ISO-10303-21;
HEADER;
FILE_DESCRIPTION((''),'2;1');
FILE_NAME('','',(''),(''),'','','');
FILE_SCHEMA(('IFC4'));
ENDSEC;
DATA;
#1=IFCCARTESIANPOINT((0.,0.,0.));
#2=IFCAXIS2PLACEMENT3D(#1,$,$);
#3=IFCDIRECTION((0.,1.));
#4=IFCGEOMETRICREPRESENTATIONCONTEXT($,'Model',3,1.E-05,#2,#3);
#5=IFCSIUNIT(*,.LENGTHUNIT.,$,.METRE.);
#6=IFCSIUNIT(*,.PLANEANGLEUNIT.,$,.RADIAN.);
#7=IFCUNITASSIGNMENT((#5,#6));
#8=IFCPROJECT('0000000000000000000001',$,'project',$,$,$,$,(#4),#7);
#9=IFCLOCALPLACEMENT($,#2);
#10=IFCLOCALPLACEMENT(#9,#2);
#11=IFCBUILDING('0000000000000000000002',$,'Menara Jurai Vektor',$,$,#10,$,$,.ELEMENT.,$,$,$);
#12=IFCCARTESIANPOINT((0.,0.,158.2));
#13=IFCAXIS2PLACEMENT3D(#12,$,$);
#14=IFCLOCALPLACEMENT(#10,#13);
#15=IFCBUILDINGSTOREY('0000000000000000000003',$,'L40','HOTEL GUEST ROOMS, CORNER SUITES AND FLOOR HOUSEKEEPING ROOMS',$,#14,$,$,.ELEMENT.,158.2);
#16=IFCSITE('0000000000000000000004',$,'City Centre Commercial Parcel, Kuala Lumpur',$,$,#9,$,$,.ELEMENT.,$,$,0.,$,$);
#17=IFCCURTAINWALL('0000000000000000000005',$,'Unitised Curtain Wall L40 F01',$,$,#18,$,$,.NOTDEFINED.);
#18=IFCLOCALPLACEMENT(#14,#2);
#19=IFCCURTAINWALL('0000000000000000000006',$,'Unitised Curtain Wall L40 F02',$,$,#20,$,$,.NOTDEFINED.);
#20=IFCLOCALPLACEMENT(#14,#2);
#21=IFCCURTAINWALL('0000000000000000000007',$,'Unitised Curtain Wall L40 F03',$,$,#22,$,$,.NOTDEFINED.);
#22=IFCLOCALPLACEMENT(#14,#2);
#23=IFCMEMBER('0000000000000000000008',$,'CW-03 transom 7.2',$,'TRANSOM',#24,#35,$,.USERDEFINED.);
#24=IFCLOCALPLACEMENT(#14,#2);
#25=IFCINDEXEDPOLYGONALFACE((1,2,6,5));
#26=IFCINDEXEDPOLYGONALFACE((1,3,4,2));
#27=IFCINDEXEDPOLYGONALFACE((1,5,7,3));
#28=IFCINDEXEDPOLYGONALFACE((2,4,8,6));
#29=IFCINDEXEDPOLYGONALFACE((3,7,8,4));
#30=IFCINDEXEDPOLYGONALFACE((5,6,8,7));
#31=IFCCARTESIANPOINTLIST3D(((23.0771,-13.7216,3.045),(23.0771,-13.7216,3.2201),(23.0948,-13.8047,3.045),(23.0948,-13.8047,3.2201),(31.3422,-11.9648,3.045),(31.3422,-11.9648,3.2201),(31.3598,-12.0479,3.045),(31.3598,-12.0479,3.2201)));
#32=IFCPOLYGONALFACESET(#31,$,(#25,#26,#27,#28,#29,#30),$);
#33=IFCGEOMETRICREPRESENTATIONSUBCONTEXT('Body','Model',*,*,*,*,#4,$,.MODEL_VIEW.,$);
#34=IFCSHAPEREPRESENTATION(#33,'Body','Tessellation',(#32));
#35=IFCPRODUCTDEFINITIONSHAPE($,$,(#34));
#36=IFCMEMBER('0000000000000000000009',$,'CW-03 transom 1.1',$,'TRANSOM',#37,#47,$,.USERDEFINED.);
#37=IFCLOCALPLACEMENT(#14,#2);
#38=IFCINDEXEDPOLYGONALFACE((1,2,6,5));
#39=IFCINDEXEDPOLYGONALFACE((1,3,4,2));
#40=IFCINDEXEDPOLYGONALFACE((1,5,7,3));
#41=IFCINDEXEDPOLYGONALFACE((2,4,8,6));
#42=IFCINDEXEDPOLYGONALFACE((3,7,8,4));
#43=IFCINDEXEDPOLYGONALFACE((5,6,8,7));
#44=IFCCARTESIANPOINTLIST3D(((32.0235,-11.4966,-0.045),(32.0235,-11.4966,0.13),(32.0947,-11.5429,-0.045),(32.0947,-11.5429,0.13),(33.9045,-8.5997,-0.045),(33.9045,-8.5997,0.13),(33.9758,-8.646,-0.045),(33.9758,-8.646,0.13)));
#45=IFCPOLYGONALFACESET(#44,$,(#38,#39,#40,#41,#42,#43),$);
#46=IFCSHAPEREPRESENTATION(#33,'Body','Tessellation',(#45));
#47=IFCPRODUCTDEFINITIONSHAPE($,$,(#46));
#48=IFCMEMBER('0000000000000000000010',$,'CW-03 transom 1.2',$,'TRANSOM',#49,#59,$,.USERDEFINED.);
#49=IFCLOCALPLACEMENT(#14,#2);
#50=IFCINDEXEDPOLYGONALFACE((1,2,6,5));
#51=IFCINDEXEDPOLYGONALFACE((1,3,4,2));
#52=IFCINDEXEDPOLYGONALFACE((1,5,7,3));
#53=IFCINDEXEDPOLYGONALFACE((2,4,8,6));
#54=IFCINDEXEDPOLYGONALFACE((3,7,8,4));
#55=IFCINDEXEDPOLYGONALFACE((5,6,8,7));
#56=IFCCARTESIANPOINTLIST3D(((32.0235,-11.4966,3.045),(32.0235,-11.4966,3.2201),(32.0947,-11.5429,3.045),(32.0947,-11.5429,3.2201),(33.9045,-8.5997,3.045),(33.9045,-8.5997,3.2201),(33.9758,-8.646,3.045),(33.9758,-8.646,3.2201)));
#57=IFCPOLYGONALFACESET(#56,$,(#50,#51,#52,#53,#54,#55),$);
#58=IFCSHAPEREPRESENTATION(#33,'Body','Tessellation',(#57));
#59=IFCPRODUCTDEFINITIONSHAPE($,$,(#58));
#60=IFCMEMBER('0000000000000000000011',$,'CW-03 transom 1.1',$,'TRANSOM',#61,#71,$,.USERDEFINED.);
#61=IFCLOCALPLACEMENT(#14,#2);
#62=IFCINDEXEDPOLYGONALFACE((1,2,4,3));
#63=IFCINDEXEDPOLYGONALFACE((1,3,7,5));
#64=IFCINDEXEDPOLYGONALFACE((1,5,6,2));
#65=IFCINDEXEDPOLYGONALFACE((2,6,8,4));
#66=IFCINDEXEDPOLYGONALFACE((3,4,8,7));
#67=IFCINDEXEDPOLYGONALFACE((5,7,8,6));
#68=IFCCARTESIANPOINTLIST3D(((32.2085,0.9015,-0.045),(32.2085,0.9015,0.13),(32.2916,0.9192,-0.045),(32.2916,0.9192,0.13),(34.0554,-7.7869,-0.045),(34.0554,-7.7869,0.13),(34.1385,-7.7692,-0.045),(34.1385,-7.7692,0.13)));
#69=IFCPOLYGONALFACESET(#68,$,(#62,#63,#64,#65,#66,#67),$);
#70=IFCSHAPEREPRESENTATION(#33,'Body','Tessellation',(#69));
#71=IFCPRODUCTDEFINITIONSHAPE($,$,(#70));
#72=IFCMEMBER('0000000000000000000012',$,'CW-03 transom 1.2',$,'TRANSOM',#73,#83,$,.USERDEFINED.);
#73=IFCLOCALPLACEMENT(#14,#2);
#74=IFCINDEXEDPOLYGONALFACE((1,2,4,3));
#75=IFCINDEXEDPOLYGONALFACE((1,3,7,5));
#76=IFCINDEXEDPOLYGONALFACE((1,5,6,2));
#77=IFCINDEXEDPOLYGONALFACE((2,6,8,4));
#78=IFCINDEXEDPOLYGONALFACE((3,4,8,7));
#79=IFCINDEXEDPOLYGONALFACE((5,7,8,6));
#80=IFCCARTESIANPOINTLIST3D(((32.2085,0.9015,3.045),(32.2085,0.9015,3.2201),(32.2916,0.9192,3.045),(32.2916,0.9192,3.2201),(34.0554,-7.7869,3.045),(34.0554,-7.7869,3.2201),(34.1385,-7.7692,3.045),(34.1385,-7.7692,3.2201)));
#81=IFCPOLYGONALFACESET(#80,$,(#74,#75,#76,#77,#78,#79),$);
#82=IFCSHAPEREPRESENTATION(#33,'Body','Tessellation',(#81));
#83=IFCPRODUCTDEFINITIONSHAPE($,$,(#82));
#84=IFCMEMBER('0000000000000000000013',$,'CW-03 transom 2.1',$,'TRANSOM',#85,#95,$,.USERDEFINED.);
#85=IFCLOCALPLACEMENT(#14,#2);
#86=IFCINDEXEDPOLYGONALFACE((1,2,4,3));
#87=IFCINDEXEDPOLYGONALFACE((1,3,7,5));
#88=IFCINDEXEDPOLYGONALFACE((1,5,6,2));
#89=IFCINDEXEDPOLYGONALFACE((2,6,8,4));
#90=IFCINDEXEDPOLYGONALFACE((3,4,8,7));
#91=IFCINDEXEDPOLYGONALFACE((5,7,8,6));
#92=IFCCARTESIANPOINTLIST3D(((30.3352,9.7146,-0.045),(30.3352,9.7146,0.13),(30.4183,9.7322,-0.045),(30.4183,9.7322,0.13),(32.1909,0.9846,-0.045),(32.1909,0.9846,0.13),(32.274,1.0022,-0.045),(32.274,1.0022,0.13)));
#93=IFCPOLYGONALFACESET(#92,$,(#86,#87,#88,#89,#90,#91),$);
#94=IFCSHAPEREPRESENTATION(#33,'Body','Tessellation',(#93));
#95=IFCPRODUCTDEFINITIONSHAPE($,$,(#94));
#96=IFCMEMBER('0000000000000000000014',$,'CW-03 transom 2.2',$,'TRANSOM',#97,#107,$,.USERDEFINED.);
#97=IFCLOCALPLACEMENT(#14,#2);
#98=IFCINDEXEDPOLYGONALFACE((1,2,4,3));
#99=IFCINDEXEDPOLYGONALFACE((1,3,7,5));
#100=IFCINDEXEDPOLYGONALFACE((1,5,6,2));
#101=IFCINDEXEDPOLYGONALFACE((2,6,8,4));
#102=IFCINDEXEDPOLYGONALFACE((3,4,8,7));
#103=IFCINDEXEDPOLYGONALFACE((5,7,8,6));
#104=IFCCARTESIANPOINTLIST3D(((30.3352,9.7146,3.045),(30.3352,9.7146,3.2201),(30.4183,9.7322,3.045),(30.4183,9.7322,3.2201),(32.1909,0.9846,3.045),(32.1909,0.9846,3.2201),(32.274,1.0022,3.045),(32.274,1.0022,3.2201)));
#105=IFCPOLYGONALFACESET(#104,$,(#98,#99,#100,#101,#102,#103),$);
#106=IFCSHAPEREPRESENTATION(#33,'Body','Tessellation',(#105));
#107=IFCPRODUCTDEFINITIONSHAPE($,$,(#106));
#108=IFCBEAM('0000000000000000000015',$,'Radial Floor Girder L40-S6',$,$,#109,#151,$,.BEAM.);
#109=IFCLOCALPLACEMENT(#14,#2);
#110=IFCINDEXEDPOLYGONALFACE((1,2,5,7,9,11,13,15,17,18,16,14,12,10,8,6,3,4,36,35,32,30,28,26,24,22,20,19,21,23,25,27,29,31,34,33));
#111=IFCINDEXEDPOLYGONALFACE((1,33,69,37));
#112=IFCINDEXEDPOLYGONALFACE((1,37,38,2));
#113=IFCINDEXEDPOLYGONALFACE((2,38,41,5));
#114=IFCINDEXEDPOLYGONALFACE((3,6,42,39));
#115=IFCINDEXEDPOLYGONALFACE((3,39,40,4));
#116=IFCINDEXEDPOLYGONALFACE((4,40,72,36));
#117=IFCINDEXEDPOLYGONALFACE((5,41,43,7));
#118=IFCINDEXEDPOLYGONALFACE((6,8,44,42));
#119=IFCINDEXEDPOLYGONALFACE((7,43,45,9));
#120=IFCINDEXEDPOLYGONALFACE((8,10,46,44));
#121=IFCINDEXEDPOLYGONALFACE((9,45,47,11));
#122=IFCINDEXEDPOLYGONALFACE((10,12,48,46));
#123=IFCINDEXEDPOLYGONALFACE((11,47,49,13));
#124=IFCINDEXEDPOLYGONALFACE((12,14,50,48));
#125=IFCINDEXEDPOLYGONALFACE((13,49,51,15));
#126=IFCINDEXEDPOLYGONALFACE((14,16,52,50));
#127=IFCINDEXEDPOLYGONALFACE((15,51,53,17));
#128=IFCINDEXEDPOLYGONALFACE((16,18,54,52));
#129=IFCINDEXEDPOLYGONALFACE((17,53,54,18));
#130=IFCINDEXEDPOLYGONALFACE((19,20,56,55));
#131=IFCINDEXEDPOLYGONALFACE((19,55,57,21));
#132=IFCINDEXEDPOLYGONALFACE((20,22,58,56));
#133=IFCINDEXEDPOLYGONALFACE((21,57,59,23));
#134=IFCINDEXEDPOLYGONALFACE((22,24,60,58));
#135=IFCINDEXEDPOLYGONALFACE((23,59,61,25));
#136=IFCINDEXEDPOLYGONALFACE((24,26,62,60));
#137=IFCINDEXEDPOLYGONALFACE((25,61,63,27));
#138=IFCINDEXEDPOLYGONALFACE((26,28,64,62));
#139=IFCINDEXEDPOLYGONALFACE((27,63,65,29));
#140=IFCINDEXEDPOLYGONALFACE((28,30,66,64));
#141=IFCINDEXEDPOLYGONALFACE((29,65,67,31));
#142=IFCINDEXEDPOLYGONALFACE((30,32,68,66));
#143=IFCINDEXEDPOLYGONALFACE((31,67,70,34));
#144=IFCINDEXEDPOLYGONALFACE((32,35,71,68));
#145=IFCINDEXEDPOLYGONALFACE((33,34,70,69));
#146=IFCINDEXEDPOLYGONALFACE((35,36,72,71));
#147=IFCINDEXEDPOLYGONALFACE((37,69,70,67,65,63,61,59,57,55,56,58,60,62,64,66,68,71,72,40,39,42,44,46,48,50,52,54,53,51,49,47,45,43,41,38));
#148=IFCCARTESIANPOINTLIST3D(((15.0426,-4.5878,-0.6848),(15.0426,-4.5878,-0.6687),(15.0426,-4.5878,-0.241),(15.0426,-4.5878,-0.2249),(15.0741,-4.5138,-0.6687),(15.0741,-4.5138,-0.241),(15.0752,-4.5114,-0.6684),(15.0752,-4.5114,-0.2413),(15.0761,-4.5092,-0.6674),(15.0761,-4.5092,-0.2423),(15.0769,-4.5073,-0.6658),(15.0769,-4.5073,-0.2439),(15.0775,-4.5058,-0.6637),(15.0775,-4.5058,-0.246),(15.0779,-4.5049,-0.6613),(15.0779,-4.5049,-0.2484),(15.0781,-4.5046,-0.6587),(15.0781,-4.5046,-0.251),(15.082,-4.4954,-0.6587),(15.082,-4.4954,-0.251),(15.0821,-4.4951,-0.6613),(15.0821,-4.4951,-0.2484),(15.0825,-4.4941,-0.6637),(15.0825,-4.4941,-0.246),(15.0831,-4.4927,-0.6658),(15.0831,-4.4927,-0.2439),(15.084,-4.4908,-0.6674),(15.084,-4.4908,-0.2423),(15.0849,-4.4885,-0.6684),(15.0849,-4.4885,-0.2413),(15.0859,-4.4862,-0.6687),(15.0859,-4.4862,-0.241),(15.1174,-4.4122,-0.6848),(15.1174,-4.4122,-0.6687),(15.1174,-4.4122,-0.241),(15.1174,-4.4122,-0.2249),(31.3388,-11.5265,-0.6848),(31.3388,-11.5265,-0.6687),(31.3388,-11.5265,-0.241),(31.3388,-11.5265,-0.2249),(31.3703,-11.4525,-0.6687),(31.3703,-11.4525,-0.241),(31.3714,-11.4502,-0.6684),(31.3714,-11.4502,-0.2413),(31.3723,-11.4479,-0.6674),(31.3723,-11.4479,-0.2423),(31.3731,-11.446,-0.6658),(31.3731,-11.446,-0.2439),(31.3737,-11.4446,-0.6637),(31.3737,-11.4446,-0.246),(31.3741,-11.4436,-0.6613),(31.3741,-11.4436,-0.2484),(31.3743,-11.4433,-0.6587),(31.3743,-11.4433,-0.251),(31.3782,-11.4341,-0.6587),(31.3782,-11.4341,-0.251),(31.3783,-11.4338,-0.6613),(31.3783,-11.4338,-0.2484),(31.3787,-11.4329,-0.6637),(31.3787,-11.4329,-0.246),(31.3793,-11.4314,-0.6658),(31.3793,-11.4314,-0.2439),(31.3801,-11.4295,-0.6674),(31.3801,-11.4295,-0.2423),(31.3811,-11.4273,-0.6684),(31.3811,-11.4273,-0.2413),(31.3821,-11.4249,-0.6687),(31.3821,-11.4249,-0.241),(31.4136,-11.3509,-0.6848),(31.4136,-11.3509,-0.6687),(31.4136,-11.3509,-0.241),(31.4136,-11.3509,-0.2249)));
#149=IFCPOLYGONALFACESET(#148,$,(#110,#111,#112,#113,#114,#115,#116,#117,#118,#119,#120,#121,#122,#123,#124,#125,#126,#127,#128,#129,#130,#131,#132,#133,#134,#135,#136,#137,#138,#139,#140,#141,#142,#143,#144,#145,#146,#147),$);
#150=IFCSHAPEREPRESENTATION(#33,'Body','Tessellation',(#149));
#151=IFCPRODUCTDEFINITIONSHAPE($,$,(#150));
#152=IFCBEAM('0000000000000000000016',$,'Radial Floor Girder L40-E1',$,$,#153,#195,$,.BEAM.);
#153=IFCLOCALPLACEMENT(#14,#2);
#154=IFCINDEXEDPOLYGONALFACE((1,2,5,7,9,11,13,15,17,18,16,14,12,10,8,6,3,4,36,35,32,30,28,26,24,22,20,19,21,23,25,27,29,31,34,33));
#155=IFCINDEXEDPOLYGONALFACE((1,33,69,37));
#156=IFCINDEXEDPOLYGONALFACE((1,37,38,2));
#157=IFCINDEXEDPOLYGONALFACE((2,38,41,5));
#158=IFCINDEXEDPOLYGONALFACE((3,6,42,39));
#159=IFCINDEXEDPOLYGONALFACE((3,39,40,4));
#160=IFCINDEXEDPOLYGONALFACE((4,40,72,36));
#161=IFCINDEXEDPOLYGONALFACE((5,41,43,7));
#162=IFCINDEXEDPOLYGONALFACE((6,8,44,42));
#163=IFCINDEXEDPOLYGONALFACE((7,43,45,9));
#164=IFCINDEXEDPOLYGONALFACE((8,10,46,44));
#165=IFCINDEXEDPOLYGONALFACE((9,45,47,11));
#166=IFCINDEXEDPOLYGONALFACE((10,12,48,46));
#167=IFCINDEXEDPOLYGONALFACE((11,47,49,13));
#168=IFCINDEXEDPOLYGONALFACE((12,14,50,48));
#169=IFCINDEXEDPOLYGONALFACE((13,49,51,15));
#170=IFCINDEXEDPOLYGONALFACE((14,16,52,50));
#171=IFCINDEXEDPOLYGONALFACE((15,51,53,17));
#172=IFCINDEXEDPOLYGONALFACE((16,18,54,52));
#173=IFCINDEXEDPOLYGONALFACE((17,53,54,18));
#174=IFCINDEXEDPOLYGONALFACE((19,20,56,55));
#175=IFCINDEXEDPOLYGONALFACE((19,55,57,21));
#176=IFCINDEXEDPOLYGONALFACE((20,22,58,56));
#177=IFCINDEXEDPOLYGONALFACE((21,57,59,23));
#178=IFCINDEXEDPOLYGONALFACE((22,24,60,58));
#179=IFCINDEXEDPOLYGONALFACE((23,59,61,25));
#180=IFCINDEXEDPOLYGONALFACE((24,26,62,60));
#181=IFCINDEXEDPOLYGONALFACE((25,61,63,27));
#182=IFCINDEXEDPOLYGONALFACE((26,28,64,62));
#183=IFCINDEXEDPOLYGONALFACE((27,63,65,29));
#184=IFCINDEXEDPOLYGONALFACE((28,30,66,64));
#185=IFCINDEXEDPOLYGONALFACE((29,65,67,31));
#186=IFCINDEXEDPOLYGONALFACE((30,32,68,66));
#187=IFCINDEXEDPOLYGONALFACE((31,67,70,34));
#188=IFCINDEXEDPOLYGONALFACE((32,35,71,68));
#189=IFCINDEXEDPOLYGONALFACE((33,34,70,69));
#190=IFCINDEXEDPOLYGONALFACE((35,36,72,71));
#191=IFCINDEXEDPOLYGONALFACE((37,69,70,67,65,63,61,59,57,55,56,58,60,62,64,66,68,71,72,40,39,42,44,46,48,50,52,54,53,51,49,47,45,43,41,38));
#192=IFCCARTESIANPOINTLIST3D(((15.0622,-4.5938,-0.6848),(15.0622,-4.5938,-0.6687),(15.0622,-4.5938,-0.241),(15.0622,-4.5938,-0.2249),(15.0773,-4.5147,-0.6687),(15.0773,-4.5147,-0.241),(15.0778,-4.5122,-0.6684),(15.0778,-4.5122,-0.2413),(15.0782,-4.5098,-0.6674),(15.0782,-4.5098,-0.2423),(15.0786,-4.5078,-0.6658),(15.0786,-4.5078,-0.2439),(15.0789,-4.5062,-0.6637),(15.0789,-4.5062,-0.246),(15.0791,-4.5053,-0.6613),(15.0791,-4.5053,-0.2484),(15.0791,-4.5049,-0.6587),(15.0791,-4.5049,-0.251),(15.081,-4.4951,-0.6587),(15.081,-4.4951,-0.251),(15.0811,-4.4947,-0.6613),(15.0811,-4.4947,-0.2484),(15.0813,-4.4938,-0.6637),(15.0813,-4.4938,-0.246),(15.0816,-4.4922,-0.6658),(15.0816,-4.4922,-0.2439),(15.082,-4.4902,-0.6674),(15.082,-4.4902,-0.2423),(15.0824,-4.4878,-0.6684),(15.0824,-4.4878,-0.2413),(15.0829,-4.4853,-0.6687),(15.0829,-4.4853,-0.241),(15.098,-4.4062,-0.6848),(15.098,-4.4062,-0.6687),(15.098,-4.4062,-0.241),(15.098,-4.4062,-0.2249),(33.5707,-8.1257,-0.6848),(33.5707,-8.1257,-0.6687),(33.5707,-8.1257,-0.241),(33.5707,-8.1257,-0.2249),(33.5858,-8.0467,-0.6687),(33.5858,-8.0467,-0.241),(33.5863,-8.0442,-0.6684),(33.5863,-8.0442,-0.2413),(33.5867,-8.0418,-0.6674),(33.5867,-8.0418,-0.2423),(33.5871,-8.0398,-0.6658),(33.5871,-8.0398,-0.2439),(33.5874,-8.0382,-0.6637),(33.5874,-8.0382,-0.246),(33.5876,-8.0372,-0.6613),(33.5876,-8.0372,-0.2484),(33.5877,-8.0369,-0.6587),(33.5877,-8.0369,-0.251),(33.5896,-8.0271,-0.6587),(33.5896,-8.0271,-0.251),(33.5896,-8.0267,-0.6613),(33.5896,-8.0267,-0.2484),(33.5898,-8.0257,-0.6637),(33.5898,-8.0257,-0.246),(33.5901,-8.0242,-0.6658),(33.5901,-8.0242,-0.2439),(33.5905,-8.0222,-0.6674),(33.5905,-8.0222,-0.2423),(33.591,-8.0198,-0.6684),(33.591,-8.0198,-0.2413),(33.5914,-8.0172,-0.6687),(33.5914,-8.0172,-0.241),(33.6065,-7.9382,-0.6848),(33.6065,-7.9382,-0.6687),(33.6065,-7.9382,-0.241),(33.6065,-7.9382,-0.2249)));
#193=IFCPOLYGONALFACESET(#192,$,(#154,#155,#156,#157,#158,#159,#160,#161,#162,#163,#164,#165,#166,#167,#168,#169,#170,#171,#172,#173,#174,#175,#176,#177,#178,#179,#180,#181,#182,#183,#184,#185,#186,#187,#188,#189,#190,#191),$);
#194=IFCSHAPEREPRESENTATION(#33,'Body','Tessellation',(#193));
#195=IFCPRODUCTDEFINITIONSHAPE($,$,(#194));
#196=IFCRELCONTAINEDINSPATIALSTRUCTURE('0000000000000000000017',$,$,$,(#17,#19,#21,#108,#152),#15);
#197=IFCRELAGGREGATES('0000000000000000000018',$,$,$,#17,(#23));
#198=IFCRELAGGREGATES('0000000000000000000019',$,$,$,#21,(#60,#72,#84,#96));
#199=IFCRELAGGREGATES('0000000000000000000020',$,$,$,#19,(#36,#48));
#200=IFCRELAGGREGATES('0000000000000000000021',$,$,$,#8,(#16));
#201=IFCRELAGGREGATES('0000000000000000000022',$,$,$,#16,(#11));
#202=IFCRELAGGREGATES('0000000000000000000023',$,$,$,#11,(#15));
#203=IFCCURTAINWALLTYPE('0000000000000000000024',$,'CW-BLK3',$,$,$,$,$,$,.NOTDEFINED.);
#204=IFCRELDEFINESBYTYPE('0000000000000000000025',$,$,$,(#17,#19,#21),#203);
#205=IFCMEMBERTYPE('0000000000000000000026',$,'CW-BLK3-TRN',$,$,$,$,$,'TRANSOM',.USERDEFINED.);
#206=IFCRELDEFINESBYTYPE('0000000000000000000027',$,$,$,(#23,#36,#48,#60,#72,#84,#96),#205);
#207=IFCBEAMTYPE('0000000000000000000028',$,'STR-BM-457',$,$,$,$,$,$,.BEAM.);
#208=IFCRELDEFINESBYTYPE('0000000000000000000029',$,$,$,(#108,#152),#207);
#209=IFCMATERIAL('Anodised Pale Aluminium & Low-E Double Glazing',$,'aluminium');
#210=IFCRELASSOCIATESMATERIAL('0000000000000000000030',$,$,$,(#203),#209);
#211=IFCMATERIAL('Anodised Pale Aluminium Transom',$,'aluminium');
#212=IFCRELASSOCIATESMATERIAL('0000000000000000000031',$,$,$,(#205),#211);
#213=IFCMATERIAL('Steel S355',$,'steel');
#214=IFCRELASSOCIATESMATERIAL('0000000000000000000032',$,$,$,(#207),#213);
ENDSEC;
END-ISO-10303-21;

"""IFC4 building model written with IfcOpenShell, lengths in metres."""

from ifc_helpers import new_model, si_unit, direction, frame, origin, origin_2d, place, context, subcontext, project, spatial, rectangle, i_section, extrude, material, material_profile, profile_set, type_object, element, aggregate, save


model = new_model("IFC4")

# Units and contexts
model_context = context("Model", 3, precision=1e-05, world=origin(), true_north=direction((0.0, 1.0)))
body_context = subcontext(model_context, "Body", "Model", "MODEL_VIEW")
ifc_project = project(units=[si_unit("LENGTHUNIT", "METRE"), si_unit("PLANEANGLEUNIT", "RADIAN")], contexts=[model_context])

# Site, building, storey
site_placement = place(None, origin())
site = spatial("IfcSite", under=ifc_project, at=site_placement, Name="City Centre Commercial Parcel, Kuala Lumpur", CompositionType="ELEMENT", RefElevation=0.0)
building_placement = place(site_placement, origin())
building = spatial("IfcBuilding", under=site, at=building_placement, Name="Menara Jurai Vektor", CompositionType="ELEMENT")
storey_placement = place(building_placement, frame((0.0, 0.0, 158.2)))
storey = spatial("IfcBuildingStorey", under=building, at=storey_placement, Name="L40", Description="HOTEL GUEST ROOMS, CORNER SUITES AND FLOOR HOUSEKEEPING ROOMS", CompositionType="ELEMENT", Elevation=158.2)

# Curtain walls
ifc_material_1 = material(Name="Anodised Pale Aluminium & Low-E Double Glazing", Category="aluminium")
curtain_wall_type = type_object("IfcCurtainWallType", Name="CW-BLK3", PredefinedType="NOTDEFINED", material=ifc_material_1)
curtain_wall_1_placement = place(storey_placement, origin())
curtain_wall_1 = element("IfcCurtainWall", 1, at=curtain_wall_1_placement, inside=storey, type_object=curtain_wall_type, Name="Unitised Curtain Wall L40 F01", PredefinedType="NOTDEFINED")
curtain_wall_2_placement = place(storey_placement, origin())
curtain_wall_2 = element("IfcCurtainWall", 2, at=curtain_wall_2_placement, inside=storey, type_object=curtain_wall_type, Name="Unitised Curtain Wall L40 F02", PredefinedType="NOTDEFINED")
curtain_wall_3_placement = place(storey_placement, origin())
curtain_wall_3 = element("IfcCurtainWall", 3, at=curtain_wall_3_placement, inside=storey, type_object=curtain_wall_type, Name="Unitised Curtain Wall L40 F03", PredefinedType="NOTDEFINED")

# Members
ifc_material_2 = material(Name="Anodised Pale Aluminium Transom", Category="aluminium")
ifc_material_profile_1 = material_profile(ifc_material_2, rectangle(XDim=0.085, YDim=0.175, at=origin_2d()), Name="ALU TRN 85x175")
ifc_profile_set_1 = profile_set([ifc_material_profile_1], Name="Anodised Pale Aluminium Transom")
member_type_1 = type_object("IfcMemberType", Name="CW-BLK3-TRN", ElementType="TRANSOM", PredefinedType="USERDEFINED", material=ifc_profile_set_1)
member_1_placement = place(storey_placement, frame((23.0859, -13.7632, 3.1326), z_axis=(0.978147, 0.207915, 0.0), x_axis=(-0.207915, 0.978147, 0.0)))
member_1 = element("IfcMember", 4, at=member_1_placement, type_object=member_type_1, Name="CW-03 transom 7.2", ObjectType="TRANSOM", PredefinedType="USERDEFINED", context=body_context, shape_type="SweptSolid", body=[
    extrude(rectangle(XDim=0.085, YDim=0.175, at=origin_2d()), origin(), (0.0, 0.0, 1.0), 8.4497),
])
member_2_placement = place(storey_placement, frame((32.0591, -11.5198, 0.0425), z_axis=(0.544596, 0.838699, 0.0), x_axis=(-0.838699, 0.544596, 0.0)))
member_2 = element("IfcMember", 5, at=member_2_placement, type_object=member_type_1, Name="CW-03 transom 1.1", ObjectType="TRANSOM", PredefinedType="USERDEFINED", context=body_context, shape_type="SweptSolid", body=[
    extrude(rectangle(XDim=0.085, YDim=0.175, at=origin_2d()), origin(), (0.0, 0.0, 1.0), 3.4541),
])
member_3_placement = place(storey_placement, frame((32.0591, -11.5198, 3.1326), z_axis=(0.544596, 0.838699, 0.0), x_axis=(-0.838699, 0.544596, 0.0)))
member_3 = element("IfcMember", 6, at=member_3_placement, type_object=member_type_1, Name="CW-03 transom 1.2", ObjectType="TRANSOM", PredefinedType="USERDEFINED", context=body_context, shape_type="SweptSolid", body=[
    extrude(rectangle(XDim=0.085, YDim=0.175, at=origin_2d()), origin(), (0.0, 0.0, 1.0), 3.4541),
])
member_4_placement = place(storey_placement, frame((34.0969, -7.7781, 0.0425), z_axis=(-0.207926, 0.978145, 0.0), x_axis=(-0.978145, -0.207926, 0.0)))
member_4 = element("IfcMember", 7, at=member_4_placement, type_object=member_type_1, Name="CW-03 transom 1.1", ObjectType="TRANSOM", PredefinedType="USERDEFINED", context=body_context, shape_type="SweptSolid", body=[
    extrude(rectangle(XDim=0.085, YDim=0.175, at=origin_2d()), origin(), (0.0, 0.0, 1.0), 8.8826),
])
member_5_placement = place(storey_placement, frame((34.0969, -7.7781, 3.1326), z_axis=(-0.207926, 0.978145, 0.0), x_axis=(-0.978145, -0.207926, 0.0)))
member_5 = element("IfcMember", 8, at=member_5_placement, type_object=member_type_1, Name="CW-03 transom 1.2", ObjectType="TRANSOM", PredefinedType="USERDEFINED", context=body_context, shape_type="SweptSolid", body=[
    extrude(rectangle(XDim=0.085, YDim=0.175, at=origin_2d()), origin(), (0.0, 0.0, 1.0), 8.8826),
])
member_6_placement = place(storey_placement, frame((32.2324, 0.9934, 0.0425), z_axis=(-0.207922, 0.978145, 0.0), x_axis=(-0.978145, -0.207922, 0.0)))
member_6 = element("IfcMember", 9, at=member_6_placement, type_object=member_type_1, Name="CW-03 transom 2.1", ObjectType="TRANSOM", PredefinedType="USERDEFINED", context=body_context, shape_type="SweptSolid", body=[
    extrude(rectangle(XDim=0.085, YDim=0.175, at=origin_2d()), origin(), (0.0, 0.0, 1.0), 8.925),
])
member_7_placement = place(storey_placement, frame((32.2324, 0.9934, 3.1326), z_axis=(-0.207922, 0.978145, 0.0), x_axis=(-0.978145, -0.207922, 0.0)))
member_7 = element("IfcMember", 10, at=member_7_placement, type_object=member_type_1, Name="CW-03 transom 2.2", ObjectType="TRANSOM", PredefinedType="USERDEFINED", context=body_context, shape_type="SweptSolid", body=[
    extrude(rectangle(XDim=0.085, YDim=0.175, at=origin_2d()), origin(), (0.0, 0.0, 1.0), 8.925),
])

# Beams
ifc_material_3 = material(Name="Steel S355", Category="steel")
ifc_material_profile_2 = material_profile(ifc_material_3, i_section(OverallWidth=0.1909, OverallDepth=0.46, WebThickness=0.01, FlangeThickness=0.0161, FilletRadius=0.01, at=origin_2d()), Name="UKB 457x191x82")
ifc_profile_set_2 = profile_set([ifc_material_profile_2], Name="Steel S355")
beam_type_1 = type_object("IfcBeamType", Name="STR-BM-457", PredefinedType="BEAM", material=ifc_profile_set_2)
beam_1_placement = place(storey_placement, frame((31.3762, -11.4387, -0.4548), z_axis=(-0.920069, 0.391756, 0.0), x_axis=(-0.391756, -0.920069, 0.0)))
element("IfcBeam", 11, at=beam_1_placement, inside=storey, type_object=beam_type_1, Name="Radial Floor Girder L40-S6", PredefinedType="BEAM", context=body_context, shape_type="SweptSolid", body=[
    extrude(i_section(OverallWidth=0.1909, OverallDepth=0.46, WebThickness=0.01, FlangeThickness=0.0161, FilletRadius=0.01, at=origin_2d()), origin(), (0.0, 0.0, 1.0), 17.7119),
])
beam_2_placement = place(storey_placement, frame((33.5886, -8.032, -0.4548), z_axis=(-0.982275, 0.187447, 0.0), x_axis=(-0.187447, -0.982275, 0.0)))
element("IfcBeam", 12, at=beam_2_placement, inside=storey, type_object=beam_type_1, Name="Radial Floor Girder L40-E1", PredefinedType="BEAM", context=body_context, shape_type="SweptSolid", body=[
    extrude(i_section(OverallWidth=0.1909, OverallDepth=0.46, WebThickness=0.01, FlangeThickness=0.0161, FilletRadius=0.01, at=origin_2d()), origin(), (0.0, 0.0, 1.0), 18.8425),
])

aggregate(curtain_wall_1, [member_1])
aggregate(curtain_wall_3, [member_4, member_5, member_6, member_7])
aggregate(curtain_wall_2, [member_2, member_3])

save(model, "model.ifc")
